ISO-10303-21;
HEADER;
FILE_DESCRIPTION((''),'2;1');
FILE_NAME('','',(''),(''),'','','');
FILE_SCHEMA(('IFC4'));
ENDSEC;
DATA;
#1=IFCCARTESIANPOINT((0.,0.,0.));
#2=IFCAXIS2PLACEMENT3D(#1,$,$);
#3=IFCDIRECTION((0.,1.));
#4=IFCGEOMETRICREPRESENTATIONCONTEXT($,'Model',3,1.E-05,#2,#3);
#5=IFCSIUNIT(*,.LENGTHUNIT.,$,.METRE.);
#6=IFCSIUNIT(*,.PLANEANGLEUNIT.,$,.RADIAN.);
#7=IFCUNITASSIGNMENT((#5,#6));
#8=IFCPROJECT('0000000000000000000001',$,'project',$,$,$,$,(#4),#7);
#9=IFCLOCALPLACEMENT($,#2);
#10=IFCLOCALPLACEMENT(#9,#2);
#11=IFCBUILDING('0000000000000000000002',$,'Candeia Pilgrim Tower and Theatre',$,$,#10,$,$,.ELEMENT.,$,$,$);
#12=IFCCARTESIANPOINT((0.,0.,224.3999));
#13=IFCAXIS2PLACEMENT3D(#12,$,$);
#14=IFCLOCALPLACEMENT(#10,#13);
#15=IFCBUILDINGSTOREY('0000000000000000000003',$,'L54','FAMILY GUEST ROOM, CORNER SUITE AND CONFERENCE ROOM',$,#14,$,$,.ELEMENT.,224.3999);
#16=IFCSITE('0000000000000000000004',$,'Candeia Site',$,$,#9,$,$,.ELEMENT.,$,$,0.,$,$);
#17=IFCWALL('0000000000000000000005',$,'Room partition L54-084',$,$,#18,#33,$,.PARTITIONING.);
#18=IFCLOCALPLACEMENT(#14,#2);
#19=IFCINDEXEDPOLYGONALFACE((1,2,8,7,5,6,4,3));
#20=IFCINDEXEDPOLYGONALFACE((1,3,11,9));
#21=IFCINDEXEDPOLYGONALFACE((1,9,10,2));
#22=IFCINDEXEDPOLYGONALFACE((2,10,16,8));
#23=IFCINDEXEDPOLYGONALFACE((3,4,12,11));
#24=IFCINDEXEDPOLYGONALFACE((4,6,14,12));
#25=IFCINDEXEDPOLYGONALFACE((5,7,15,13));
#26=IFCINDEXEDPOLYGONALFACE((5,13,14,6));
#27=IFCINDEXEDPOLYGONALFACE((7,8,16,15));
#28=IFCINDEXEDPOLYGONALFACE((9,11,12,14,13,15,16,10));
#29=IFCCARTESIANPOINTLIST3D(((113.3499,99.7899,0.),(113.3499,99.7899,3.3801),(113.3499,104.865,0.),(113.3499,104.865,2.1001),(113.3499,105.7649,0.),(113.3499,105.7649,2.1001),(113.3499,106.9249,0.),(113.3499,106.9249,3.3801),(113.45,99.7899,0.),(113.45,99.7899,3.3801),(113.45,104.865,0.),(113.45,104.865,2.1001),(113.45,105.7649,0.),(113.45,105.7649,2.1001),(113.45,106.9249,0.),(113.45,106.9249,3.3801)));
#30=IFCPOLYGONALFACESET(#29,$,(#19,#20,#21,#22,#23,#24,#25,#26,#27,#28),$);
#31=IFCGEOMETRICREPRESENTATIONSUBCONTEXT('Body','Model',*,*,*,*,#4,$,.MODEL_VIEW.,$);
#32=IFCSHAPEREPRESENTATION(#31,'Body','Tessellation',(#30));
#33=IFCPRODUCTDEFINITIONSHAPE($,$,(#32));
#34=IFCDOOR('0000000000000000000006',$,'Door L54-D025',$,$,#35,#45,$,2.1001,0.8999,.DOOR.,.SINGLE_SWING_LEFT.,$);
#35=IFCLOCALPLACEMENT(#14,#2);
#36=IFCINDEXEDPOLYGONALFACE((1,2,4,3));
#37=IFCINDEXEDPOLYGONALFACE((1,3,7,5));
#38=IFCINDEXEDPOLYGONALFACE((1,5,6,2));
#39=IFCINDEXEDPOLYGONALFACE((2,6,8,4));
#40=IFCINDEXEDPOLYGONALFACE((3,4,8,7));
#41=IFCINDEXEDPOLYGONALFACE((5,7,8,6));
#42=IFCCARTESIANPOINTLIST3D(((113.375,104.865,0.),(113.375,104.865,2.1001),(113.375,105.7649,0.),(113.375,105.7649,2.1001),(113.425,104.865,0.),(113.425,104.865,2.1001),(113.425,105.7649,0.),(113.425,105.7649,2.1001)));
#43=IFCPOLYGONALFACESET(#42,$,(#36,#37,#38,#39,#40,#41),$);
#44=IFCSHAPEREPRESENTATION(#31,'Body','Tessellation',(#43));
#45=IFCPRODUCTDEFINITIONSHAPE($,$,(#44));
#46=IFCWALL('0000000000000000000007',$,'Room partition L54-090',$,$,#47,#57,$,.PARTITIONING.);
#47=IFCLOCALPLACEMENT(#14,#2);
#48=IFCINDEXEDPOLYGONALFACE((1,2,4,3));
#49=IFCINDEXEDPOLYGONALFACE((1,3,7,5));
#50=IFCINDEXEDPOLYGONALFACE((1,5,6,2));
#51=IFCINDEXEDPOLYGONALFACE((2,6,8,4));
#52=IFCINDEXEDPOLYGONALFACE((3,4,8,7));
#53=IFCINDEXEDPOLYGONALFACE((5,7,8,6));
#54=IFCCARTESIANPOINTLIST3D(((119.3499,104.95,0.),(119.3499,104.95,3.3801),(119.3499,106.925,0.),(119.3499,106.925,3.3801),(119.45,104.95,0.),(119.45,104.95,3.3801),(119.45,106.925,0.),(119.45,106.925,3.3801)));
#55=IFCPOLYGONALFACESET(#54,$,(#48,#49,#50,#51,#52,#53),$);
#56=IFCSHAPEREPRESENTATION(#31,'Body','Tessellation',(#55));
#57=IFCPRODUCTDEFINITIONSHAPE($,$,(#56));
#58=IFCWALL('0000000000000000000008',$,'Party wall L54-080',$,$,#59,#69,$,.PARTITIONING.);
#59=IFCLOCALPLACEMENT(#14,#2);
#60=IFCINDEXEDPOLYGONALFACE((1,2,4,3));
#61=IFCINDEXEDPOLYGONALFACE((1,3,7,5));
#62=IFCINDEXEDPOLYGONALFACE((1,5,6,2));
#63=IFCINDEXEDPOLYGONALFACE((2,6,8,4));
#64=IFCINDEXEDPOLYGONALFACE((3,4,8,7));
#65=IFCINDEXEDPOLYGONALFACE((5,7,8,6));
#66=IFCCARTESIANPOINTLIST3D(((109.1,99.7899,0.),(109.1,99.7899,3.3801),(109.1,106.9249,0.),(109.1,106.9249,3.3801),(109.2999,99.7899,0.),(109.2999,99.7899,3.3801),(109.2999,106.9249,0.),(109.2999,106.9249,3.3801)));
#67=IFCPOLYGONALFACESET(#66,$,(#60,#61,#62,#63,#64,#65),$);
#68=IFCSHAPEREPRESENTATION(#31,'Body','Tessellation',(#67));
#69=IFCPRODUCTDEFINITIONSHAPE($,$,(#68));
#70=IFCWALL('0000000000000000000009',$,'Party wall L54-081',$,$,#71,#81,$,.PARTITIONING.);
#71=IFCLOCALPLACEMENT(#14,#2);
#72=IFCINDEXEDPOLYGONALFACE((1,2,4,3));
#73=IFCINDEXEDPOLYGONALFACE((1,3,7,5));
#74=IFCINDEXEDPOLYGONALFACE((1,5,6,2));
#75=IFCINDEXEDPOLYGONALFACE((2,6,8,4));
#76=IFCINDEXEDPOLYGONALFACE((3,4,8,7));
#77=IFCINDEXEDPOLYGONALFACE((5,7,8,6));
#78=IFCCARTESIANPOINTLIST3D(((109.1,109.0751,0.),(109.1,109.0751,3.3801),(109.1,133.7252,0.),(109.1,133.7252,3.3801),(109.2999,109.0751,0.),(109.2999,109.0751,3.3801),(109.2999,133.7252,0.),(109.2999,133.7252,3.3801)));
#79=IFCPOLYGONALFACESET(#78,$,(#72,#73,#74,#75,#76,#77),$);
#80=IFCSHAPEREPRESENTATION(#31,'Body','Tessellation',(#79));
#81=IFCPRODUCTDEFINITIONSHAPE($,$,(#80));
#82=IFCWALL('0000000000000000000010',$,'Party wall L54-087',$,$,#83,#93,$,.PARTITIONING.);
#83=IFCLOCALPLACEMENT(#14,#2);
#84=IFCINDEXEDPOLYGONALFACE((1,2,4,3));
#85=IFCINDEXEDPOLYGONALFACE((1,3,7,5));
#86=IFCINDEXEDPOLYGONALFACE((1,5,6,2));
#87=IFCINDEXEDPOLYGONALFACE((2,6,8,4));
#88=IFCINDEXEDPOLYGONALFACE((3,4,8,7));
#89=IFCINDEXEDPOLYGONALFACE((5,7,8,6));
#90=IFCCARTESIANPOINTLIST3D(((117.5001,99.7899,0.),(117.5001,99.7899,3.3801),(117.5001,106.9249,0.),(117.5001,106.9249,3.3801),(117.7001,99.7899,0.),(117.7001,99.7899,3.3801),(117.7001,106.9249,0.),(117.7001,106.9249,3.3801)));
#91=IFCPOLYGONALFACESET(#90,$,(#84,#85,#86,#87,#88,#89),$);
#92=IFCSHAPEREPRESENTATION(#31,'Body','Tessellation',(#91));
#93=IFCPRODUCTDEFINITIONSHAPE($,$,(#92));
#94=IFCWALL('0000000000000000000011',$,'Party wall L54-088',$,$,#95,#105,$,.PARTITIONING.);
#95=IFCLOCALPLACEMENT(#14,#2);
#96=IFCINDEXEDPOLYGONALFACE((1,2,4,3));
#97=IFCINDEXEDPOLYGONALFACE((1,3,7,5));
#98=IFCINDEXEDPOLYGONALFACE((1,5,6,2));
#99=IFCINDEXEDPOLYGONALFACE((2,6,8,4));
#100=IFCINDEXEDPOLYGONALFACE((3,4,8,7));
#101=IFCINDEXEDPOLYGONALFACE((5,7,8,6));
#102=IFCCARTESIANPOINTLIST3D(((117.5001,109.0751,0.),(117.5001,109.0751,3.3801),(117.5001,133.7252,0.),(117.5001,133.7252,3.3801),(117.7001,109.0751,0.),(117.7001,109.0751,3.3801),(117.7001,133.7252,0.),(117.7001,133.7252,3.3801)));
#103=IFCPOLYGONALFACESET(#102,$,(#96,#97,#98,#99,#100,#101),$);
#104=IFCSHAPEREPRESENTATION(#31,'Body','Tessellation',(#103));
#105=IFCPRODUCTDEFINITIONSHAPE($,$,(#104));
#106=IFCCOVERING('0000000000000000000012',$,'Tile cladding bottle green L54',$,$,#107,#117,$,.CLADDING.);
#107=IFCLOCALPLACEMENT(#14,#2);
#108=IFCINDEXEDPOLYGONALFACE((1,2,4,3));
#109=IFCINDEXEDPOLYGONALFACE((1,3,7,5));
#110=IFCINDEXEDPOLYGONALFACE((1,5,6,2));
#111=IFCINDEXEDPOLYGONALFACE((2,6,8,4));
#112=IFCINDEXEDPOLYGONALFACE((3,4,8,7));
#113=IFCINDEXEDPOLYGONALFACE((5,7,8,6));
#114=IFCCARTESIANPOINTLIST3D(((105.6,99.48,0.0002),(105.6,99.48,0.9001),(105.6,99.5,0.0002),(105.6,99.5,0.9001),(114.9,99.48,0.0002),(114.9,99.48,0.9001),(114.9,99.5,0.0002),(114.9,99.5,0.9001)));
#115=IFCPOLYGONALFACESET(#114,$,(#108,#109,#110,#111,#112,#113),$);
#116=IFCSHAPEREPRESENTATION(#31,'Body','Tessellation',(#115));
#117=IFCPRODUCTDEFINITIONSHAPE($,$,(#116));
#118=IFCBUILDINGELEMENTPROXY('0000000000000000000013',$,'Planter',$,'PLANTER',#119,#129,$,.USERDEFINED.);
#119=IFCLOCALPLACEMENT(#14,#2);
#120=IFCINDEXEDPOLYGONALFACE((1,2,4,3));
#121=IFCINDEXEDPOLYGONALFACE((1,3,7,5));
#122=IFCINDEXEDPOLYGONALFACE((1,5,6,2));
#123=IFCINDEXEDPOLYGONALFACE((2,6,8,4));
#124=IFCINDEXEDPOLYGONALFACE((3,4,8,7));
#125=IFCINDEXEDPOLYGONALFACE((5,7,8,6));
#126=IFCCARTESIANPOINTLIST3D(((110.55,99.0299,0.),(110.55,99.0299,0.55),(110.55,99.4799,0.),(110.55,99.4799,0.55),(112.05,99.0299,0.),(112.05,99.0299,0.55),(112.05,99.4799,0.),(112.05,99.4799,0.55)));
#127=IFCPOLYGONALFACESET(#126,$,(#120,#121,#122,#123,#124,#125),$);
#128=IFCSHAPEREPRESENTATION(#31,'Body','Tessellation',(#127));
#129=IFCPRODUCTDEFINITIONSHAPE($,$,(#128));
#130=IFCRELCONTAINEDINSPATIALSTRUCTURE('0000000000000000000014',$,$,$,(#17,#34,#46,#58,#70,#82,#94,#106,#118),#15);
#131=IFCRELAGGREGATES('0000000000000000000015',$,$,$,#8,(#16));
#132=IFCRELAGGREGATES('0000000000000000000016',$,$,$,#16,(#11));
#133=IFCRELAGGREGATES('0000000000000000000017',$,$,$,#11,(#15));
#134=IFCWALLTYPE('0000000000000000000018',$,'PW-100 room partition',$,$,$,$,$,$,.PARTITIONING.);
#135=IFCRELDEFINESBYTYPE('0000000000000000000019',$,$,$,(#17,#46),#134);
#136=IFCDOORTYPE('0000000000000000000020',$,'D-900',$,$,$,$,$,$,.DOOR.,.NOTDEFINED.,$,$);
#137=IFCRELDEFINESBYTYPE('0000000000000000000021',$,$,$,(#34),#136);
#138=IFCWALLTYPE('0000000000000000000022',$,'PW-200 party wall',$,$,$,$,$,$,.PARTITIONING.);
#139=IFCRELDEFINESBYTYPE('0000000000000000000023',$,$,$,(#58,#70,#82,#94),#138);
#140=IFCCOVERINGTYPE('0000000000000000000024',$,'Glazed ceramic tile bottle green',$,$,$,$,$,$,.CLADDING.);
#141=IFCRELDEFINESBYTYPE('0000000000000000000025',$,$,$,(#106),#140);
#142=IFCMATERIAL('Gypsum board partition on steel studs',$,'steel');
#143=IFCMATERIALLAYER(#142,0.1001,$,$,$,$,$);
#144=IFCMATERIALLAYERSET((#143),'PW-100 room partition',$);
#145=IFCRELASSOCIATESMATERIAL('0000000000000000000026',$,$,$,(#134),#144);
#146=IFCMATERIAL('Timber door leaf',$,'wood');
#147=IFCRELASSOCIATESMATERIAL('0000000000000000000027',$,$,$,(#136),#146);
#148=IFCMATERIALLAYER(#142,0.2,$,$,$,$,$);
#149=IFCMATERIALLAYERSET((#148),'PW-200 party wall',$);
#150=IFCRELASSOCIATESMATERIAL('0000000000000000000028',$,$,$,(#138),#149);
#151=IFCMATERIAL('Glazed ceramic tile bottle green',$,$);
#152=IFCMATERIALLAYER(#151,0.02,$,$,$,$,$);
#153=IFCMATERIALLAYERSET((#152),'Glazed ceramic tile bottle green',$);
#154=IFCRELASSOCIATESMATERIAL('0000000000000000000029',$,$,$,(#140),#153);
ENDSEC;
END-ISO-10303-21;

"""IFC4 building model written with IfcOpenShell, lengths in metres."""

from ifc_helpers import new_model, si_unit, direction, frame, frame_2d, origin, origin_2d, place, context, subcontext, project, spatial, rectangle, extrude, material, layer, layer_set, type_object, element, fill, save


model = new_model("IFC4")

# Units and contexts
model_context = context("Model", 3, precision=1e-05, world=origin(), true_north=direction((0.0, 1.0)))
body_context = subcontext(model_context, "Body", "Model", "MODEL_VIEW")
ifc_project = project(units=[si_unit("LENGTHUNIT", "METRE"), si_unit("PLANEANGLEUNIT", "RADIAN")], contexts=[model_context])

# Site, building, storey
site_placement = place(None, origin())
site = spatial("IfcSite", under=ifc_project, at=site_placement, Name="Candeia Site", CompositionType="ELEMENT", RefElevation=0.0)
building_placement = place(site_placement, origin())
building = spatial("IfcBuilding", under=site, at=building_placement, Name="Candeia Pilgrim Tower and Theatre", CompositionType="ELEMENT")
storey_placement = place(building_placement, frame((0.0, 0.0, 224.3999)))
storey = spatial("IfcBuildingStorey", under=building, at=storey_placement, Name="L54", Description="FAMILY GUEST ROOM, CORNER SUITE AND CONFERENCE ROOM", CompositionType="ELEMENT", Elevation=224.3999)

# Shared definitions
ifc_material_1 = material(Name="Gypsum board partition on steel studs", Category="steel")
ifc_layer_1 = layer(ifc_material_1, 0.1001)
ifc_layer_set_1 = layer_set([ifc_layer_1], Name="PW-100 room partition")
wall_type_1 = type_object("IfcWallType", Name="PW-100 room partition", PredefinedType="PARTITIONING", material=ifc_layer_set_1)
ifc_material_2 = material(Name="Timber door leaf", Category="wood")

# Wall, opening, door
wall_1_placement = place(storey_placement, frame((113.3999, 99.79, 0.0), z_axis=(0.0, 0.0, 1.0), x_axis=(0.0, 1.0, 0.0)))
wall_1 = element("IfcWall", 1, at=wall_1_placement, inside=storey, type_object=wall_type_1, Name="Room partition L54-084", PredefinedType="PARTITIONING", context=body_context, shape_type="SweptSolid", body=[
    extrude(rectangle(XDim=7.135, YDim=0.1001, at=frame_2d((3.5674, 0.0))), origin(), (0.0, 0.0, 1.0), 3.3801),
])
opening_1_placement = place(wall_1_placement, frame((5.075, 0.0, 0.0)))
opening_1 = element("IfcOpeningElement", 2, at=opening_1_placement, cuts=wall_1, PredefinedType="OPENING", context=body_context, shape_type="SweptSolid", body=[
    extrude(rectangle(XDim=0.8999, YDim=2.1001, at=frame_2d((0.45, 1.05))), frame((0.0, 0.0601, 0.0), z_axis=(0.0, -1.0, 0.0), x_axis=(1.0, 0.0, 0.0)), (0.0, 0.0, 1.0), 0.1201),
])
door_type_1 = type_object("IfcDoorType", Name="D-900", OperationType="NOTDEFINED", PredefinedType="DOOR", material=ifc_material_2)
door_1_placement = place(opening_1_placement, origin())
door_1 = element("IfcDoor", 3, at=door_1_placement, inside=storey, type_object=door_type_1, Name="Door L54-D025", OperationType="SINGLE_SWING_LEFT", OverallHeight=2.1001, OverallWidth=0.8999, PredefinedType="DOOR", context=body_context, shape_type="SweptSolid", body=[
    extrude(rectangle(XDim=0.8999, YDim=2.1001, at=frame_2d((0.45, 1.05))), frame((0.0, 0.0249, 0.0), z_axis=(0.0, -1.0, 0.0), x_axis=(1.0, 0.0, 0.0)), (0.0, 0.0, 1.0), 0.05),
])
fill(opening_1, door_1)

# Walls
wall_2_placement = place(storey_placement, frame((119.3999, 104.95, 0.0), z_axis=(0.0, 0.0, 1.0), x_axis=(0.0, 1.0, 0.0)))
element("IfcWall", 4, at=wall_2_placement, inside=storey, type_object=wall_type_1, Name="Room partition L54-090", PredefinedType="PARTITIONING", context=body_context, shape_type="SweptSolid", body=[
    extrude(rectangle(XDim=1.9751, YDim=0.1001, at=frame_2d((0.9875, 0.0))), origin(), (0.0, 0.0, 1.0), 3.3801),
])
ifc_layer_2 = layer(ifc_material_1, 0.2)
ifc_layer_set_2 = layer_set([ifc_layer_2], Name="PW-200 party wall")
wall_type_2 = type_object("IfcWallType", Name="PW-200 party wall", PredefinedType="PARTITIONING", material=ifc_layer_set_2)
wall_3_placement = place(storey_placement, frame((109.2, 99.79, 0.0), z_axis=(0.0, 0.0, 1.0), x_axis=(0.0, 1.0, 0.0)))
element("IfcWall", 5, at=wall_3_placement, inside=storey, type_object=wall_type_2, Name="Party wall L54-080", PredefinedType="PARTITIONING", context=body_context, shape_type="SweptSolid", body=[
    extrude(rectangle(XDim=7.135, YDim=0.2, at=frame_2d((3.5674, 0.0))), origin(), (0.0, 0.0, 1.0), 3.3801),
])
wall_4_placement = place(storey_placement, frame((109.2, 109.075, 0.0), z_axis=(0.0, 0.0, 1.0), x_axis=(0.0, 1.0, 0.0)))
element("IfcWall", 6, at=wall_4_placement, inside=storey, type_object=wall_type_2, Name="Party wall L54-081", PredefinedType="PARTITIONING", context=body_context, shape_type="SweptSolid", body=[
    extrude(rectangle(XDim=24.6501, YDim=0.2, at=frame_2d((12.3252, 0.0))), origin(), (0.0, 0.0, 1.0), 3.3801),
])
wall_5_placement = place(storey_placement, frame((117.6001, 99.79, 0.0), z_axis=(0.0, 0.0, 1.0), x_axis=(0.0, 1.0, 0.0)))
element("IfcWall", 7, at=wall_5_placement, inside=storey, type_object=wall_type_2, Name="Party wall L54-087", PredefinedType="PARTITIONING", context=body_context, shape_type="SweptSolid", body=[
    extrude(rectangle(XDim=7.135, YDim=0.2, at=frame_2d((3.5674, 0.0))), origin(), (0.0, 0.0, 1.0), 3.3801),
])
wall_6_placement = place(storey_placement, frame((117.6001, 109.075, 0.0), z_axis=(0.0, 0.0, 1.0), x_axis=(0.0, 1.0, 0.0)))
element("IfcWall", 8, at=wall_6_placement, inside=storey, type_object=wall_type_2, Name="Party wall L54-088", PredefinedType="PARTITIONING", context=body_context, shape_type="SweptSolid", body=[
    extrude(rectangle(XDim=24.6501, YDim=0.2, at=frame_2d((12.3252, 0.0))), origin(), (0.0, 0.0, 1.0), 3.3801),
])

# Covering
ifc_material_3 = material(Name="Glazed ceramic tile bottle green")
ifc_layer_3 = layer(ifc_material_3, 0.02)
ifc_layer_set_3 = layer_set([ifc_layer_3], Name="Glazed ceramic tile bottle green")
covering_type = type_object("IfcCoveringType", Name="Glazed ceramic tile bottle green", PredefinedType="CLADDING", material=ifc_layer_set_3)
covering_placement = place(storey_placement, frame((110.25, 99.49, 0.0002), z_axis=(0.0, 0.0, 1.0), x_axis=(1.0, 0.0, 0.0)))
element("IfcCovering", 9, at=covering_placement, inside=storey, type_object=covering_type, Name="Tile cladding bottle green L54", PredefinedType="CLADDING", context=body_context, shape_type="SweptSolid", body=[
    extrude(rectangle(XDim=9.3, YDim=0.02, at=origin_2d()), origin(), (0.0, 0.0, 1.0), 0.8999),
])

# Building element proxy
proxy_placement = place(storey_placement, frame((111.3, 99.2549, 0.0), z_axis=(0.0, 0.0, 1.0), x_axis=(1.0, 0.0, 0.0)))
element("IfcBuildingElementProxy", 10, at=proxy_placement, inside=storey, Name="Planter", ObjectType="PLANTER", PredefinedType="USERDEFINED", context=body_context, shape_type="SweptSolid", body=[
    extrude(rectangle(XDim=1.5, YDim=0.45, at=origin_2d()), origin(), (0.0, 0.0, 1.0), 0.55),
])

save(model, "model.ifc")
